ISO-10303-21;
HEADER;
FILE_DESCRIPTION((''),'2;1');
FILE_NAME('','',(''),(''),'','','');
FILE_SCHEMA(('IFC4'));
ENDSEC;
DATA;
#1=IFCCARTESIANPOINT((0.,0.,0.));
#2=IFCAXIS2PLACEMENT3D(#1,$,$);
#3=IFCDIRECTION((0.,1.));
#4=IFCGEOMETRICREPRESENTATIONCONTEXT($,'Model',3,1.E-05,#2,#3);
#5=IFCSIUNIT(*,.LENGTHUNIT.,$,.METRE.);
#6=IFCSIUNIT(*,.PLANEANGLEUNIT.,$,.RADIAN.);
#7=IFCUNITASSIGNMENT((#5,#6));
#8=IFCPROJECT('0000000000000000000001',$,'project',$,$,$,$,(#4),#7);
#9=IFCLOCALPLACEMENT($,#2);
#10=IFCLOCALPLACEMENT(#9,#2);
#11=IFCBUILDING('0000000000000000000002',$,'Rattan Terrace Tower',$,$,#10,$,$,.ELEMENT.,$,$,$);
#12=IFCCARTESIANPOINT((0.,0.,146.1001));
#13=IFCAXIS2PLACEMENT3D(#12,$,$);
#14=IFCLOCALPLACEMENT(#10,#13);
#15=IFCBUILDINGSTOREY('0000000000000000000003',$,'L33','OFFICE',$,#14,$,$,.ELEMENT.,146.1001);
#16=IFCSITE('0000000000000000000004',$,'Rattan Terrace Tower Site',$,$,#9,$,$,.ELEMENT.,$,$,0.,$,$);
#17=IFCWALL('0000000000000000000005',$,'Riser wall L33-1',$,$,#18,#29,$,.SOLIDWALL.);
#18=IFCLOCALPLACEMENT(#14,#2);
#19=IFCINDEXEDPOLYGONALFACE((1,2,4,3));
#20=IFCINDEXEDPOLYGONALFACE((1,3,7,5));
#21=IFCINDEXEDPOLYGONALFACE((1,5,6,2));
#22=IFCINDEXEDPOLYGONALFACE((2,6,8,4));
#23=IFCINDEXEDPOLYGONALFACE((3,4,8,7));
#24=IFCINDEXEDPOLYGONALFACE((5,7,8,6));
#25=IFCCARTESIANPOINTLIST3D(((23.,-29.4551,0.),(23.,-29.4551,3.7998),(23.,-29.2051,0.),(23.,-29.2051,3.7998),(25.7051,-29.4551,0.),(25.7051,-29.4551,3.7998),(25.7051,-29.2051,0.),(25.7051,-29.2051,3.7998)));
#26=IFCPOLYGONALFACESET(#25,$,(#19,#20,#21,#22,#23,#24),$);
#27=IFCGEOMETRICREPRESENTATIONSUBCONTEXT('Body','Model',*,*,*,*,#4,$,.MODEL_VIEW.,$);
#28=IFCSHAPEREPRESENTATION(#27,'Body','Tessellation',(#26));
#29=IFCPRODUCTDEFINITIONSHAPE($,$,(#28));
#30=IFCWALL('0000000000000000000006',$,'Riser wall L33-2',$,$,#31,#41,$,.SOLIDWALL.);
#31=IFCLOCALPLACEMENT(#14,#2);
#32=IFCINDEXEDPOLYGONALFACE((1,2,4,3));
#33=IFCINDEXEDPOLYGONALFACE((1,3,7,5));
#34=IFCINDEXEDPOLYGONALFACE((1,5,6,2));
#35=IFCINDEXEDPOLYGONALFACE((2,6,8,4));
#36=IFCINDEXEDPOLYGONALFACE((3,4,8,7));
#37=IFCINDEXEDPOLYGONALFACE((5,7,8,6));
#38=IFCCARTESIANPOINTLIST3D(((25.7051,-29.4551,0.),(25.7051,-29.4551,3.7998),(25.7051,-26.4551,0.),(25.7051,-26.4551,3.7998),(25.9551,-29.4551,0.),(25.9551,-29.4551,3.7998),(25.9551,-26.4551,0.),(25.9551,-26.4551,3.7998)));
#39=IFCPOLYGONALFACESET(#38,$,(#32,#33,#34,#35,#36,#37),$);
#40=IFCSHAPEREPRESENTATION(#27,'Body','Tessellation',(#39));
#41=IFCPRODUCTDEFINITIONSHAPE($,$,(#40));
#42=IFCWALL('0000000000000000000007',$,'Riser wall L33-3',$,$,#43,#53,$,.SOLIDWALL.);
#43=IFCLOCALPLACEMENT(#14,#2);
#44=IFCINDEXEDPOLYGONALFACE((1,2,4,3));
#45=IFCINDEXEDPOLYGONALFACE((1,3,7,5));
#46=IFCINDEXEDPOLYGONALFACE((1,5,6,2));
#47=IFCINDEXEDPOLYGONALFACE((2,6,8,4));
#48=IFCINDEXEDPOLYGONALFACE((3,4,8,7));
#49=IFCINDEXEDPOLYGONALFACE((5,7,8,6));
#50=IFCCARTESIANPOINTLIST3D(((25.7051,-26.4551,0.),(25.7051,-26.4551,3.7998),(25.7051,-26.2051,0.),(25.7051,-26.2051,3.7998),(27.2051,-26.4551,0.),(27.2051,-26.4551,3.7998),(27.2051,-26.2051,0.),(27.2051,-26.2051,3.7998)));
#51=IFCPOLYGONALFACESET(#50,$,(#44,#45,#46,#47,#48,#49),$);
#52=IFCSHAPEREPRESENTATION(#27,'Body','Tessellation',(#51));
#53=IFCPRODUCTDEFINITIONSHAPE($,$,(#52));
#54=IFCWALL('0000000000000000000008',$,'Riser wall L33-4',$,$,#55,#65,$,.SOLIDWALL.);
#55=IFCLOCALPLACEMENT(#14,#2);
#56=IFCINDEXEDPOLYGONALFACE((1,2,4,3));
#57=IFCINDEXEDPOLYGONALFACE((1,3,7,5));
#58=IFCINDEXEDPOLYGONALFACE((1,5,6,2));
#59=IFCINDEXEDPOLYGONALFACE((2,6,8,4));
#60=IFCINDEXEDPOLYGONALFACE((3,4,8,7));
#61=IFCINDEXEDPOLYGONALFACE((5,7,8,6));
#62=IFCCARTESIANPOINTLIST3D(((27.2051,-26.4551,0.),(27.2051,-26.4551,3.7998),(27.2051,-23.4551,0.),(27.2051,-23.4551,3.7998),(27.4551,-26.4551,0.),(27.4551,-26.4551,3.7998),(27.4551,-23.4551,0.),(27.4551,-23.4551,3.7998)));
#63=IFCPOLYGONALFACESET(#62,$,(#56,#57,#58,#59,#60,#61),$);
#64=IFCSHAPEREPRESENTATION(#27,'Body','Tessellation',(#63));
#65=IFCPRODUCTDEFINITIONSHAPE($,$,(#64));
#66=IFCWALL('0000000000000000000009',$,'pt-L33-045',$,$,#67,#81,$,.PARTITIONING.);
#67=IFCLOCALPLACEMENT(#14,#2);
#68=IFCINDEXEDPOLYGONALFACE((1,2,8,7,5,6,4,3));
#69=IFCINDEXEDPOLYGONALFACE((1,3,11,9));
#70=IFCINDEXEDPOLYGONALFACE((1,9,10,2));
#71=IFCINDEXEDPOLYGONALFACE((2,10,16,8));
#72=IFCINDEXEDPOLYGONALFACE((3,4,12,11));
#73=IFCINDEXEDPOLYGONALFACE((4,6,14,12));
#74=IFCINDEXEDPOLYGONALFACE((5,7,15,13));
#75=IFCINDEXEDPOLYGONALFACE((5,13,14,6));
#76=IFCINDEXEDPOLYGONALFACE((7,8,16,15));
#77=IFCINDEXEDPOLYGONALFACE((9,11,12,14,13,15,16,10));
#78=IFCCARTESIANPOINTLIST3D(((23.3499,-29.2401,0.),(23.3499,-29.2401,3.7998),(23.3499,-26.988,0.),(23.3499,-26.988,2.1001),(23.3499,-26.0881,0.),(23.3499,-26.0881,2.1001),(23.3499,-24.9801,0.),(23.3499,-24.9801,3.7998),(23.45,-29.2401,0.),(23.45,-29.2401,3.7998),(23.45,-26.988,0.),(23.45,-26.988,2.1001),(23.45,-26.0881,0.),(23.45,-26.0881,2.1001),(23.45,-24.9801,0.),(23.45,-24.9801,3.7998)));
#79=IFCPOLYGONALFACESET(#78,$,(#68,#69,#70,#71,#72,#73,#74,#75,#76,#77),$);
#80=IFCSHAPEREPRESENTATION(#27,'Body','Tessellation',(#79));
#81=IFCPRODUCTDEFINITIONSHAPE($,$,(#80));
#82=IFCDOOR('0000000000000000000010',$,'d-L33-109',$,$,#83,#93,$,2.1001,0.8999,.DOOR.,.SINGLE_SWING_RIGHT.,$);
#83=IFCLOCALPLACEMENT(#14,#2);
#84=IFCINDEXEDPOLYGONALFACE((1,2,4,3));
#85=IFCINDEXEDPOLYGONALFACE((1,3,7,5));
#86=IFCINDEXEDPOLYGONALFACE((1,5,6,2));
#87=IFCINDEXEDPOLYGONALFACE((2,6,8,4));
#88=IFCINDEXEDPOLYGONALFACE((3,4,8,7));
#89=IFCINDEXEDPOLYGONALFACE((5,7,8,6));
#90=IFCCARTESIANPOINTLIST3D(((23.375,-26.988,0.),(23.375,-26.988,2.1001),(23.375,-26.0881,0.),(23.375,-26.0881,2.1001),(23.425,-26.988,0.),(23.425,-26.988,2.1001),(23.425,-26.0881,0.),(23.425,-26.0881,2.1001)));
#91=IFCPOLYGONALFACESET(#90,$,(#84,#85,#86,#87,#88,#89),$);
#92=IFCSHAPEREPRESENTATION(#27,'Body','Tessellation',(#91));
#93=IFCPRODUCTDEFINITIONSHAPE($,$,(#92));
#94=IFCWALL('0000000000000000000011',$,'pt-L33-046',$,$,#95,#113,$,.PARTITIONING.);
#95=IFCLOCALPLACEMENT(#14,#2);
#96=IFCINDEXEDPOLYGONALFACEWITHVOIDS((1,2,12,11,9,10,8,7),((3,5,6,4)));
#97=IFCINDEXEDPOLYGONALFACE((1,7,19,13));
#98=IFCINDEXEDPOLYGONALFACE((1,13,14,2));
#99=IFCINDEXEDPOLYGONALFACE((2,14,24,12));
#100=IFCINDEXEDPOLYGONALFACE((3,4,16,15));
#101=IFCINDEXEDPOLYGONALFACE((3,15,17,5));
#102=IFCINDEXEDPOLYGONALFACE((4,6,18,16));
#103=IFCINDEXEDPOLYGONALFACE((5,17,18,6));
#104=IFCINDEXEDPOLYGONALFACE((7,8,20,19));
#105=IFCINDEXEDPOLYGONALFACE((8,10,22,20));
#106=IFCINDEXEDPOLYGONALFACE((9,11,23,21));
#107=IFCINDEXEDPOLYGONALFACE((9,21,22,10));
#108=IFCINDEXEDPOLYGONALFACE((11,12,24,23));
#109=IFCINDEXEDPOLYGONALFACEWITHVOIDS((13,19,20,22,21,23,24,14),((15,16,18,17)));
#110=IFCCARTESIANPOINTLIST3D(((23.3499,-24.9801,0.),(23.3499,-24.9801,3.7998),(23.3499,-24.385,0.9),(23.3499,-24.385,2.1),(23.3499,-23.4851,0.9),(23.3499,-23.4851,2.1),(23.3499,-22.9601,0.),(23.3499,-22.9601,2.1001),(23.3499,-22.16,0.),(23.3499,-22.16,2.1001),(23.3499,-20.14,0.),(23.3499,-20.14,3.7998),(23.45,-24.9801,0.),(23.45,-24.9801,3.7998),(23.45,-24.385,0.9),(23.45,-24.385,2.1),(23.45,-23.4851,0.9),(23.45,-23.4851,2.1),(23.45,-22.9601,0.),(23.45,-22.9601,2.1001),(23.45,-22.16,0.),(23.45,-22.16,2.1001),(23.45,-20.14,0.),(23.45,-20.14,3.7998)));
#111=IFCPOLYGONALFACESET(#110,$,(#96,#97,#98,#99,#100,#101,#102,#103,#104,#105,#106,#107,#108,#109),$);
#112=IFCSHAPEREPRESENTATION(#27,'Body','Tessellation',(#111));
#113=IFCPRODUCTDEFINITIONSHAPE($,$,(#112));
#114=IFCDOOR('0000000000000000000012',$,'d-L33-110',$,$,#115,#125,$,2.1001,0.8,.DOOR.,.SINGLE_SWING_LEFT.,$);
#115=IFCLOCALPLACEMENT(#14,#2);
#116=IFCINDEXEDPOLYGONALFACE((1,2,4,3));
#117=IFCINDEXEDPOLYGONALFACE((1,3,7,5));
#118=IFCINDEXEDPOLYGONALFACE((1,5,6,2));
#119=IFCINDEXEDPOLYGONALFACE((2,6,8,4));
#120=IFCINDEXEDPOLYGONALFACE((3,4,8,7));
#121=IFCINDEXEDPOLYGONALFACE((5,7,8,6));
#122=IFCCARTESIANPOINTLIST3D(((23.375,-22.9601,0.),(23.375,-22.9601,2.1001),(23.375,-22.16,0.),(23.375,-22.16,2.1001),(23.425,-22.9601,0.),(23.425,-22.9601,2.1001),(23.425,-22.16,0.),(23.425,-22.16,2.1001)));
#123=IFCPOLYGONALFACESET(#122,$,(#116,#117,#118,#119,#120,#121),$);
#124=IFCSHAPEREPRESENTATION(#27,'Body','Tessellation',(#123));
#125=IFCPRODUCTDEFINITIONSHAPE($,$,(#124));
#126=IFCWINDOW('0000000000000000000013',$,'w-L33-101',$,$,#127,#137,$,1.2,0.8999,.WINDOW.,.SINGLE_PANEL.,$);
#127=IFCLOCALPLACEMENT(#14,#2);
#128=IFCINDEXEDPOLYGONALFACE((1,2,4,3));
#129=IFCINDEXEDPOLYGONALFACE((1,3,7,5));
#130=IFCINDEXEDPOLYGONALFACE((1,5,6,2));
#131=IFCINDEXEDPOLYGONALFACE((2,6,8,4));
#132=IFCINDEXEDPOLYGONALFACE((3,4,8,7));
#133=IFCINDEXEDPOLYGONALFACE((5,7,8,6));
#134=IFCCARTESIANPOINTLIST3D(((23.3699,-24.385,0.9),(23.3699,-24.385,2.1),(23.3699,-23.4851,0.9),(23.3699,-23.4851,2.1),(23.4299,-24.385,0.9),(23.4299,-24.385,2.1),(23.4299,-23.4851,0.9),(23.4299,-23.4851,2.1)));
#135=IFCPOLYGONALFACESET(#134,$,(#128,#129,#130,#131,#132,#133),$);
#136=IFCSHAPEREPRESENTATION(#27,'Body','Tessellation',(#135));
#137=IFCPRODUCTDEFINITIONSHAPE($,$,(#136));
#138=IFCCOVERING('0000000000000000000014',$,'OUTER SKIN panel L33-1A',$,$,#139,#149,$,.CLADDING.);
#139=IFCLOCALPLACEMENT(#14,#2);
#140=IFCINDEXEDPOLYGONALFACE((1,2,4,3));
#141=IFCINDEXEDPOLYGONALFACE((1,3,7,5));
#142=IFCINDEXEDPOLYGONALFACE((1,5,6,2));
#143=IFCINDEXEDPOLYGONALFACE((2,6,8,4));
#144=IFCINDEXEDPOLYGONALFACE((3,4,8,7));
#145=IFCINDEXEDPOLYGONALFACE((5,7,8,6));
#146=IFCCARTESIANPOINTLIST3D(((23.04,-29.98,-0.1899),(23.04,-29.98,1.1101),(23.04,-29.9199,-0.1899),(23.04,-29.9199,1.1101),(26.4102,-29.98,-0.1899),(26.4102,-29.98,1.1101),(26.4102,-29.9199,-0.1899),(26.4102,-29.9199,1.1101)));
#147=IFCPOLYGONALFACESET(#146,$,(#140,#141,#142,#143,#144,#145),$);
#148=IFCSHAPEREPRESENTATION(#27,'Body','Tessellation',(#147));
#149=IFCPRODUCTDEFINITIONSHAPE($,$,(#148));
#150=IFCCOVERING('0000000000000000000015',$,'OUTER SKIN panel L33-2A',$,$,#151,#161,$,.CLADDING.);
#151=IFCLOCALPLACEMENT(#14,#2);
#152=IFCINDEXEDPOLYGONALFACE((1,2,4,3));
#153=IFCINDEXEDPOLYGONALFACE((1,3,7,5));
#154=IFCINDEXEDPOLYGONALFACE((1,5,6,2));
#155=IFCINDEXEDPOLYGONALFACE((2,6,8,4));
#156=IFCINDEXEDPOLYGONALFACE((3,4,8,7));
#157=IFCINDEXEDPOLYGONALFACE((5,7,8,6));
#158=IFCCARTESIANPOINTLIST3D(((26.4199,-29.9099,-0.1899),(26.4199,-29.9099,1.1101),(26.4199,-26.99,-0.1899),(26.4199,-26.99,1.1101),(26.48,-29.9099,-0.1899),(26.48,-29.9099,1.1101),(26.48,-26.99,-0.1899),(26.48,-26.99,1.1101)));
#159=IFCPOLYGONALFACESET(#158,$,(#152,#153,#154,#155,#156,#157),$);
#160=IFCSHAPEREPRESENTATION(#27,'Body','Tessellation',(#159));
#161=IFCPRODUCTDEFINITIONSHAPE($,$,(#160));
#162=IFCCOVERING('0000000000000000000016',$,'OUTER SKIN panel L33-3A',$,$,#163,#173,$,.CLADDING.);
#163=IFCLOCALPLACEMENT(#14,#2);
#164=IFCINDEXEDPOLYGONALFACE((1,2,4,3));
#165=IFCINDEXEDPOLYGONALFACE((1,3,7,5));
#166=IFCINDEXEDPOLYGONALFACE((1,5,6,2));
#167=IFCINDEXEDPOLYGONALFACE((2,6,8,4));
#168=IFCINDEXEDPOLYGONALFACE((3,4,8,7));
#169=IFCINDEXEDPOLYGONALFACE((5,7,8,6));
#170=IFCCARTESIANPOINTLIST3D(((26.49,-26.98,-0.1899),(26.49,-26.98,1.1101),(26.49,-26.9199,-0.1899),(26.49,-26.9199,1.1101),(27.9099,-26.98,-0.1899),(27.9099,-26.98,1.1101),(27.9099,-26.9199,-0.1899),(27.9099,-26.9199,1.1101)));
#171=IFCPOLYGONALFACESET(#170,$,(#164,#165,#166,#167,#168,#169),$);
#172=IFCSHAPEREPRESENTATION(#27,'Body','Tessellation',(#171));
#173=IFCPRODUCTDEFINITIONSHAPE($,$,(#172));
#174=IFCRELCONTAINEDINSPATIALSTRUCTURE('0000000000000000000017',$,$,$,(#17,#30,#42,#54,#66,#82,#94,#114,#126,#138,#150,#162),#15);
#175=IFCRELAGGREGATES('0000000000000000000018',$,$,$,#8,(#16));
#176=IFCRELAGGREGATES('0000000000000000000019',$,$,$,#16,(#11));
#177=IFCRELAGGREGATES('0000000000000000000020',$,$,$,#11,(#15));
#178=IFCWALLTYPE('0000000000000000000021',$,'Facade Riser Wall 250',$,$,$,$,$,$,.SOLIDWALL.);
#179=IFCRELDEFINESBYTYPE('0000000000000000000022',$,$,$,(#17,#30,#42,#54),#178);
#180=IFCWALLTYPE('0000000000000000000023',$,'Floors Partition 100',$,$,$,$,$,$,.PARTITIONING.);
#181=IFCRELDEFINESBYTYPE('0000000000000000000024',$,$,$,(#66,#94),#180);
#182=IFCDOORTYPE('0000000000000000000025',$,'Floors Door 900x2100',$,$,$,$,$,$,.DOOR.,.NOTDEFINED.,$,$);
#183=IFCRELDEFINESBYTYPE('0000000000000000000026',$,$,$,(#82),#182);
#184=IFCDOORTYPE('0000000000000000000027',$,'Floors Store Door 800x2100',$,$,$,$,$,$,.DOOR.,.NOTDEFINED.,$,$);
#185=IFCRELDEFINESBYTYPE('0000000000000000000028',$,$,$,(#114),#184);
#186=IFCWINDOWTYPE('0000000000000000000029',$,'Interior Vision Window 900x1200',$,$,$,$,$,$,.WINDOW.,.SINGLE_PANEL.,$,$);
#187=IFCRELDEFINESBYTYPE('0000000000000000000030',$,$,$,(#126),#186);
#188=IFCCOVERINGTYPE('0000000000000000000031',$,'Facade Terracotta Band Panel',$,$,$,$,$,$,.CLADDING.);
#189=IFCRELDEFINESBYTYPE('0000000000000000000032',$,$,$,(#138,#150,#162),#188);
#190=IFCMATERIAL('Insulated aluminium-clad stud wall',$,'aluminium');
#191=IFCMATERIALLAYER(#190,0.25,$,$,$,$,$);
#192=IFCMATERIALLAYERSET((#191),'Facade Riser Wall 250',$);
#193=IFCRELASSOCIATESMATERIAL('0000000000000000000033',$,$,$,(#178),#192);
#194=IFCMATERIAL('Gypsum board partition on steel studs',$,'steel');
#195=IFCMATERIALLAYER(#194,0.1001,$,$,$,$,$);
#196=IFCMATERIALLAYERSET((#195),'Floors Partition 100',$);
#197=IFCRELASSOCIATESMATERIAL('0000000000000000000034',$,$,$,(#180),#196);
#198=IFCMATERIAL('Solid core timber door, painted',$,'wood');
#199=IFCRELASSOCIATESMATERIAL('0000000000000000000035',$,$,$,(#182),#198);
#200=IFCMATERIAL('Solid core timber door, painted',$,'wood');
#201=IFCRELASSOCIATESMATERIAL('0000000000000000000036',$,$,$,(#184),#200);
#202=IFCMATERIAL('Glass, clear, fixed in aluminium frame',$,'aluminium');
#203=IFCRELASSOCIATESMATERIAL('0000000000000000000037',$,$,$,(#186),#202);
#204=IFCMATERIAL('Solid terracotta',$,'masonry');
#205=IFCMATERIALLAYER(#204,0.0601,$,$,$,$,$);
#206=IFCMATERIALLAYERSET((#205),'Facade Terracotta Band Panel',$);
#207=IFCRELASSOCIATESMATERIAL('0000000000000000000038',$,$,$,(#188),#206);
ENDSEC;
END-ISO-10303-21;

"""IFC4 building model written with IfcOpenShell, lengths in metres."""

from ifc_helpers import new_model, si_unit, direction, frame, frame_2d, origin, origin_2d, place, context, subcontext, project, spatial, rectangle, extrude, material, layer, layer_set, type_object, element, fill, save


model = new_model("IFC4")

# Units and contexts
model_context = context("Model", 3, precision=1e-05, world=origin(), true_north=direction((0.0, 1.0)))
body_context = subcontext(model_context, "Body", "Model", "MODEL_VIEW")
ifc_project = project(units=[si_unit("LENGTHUNIT", "METRE"), si_unit("PLANEANGLEUNIT", "RADIAN")], contexts=[model_context])

# Site, building, storey
site_placement = place(None, origin())
site = spatial("IfcSite", under=ifc_project, at=site_placement, Name="Rattan Terrace Tower Site", CompositionType="ELEMENT", RefElevation=0.0)
building_placement = place(site_placement, origin())
building = spatial("IfcBuilding", under=site, at=building_placement, Name="Rattan Terrace Tower", CompositionType="ELEMENT")
storey_placement = place(building_placement, frame((0.0, 0.0, 146.1001)))
storey = spatial("IfcBuildingStorey", under=building, at=storey_placement, Name="L33", Description="OFFICE", CompositionType="ELEMENT", Elevation=146.1001)

# Walls
ifc_material_1 = material(Name="Insulated aluminium-clad stud wall", Category="aluminium")
ifc_layer_1 = layer(ifc_material_1, 0.25)
ifc_layer_set_1 = layer_set([ifc_layer_1], Name="Facade Riser Wall 250")
wall_type_1 = type_object("IfcWallType", Name="Facade Riser Wall 250", PredefinedType="SOLIDWALL", material=ifc_layer_set_1)
wall_1_placement = place(storey_placement, frame((23.0, -29.3301, 0.0), z_axis=(0.0, 0.0, 1.0), x_axis=(1.0, 0.0, 0.0)))
element("IfcWall", 1, at=wall_1_placement, inside=storey, type_object=wall_type_1, Name="Riser wall L33-1", PredefinedType="SOLIDWALL", context=body_context, shape_type="SweptSolid", body=[
    extrude(rectangle(XDim=2.7051, YDim=0.25, at=frame_2d((1.3525, 0.0))), origin(), (0.0, 0.0, 1.0), 3.7998),
])
wall_2_placement = place(storey_placement, frame((25.8301, -29.4551, 0.0), z_axis=(0.0, 0.0, 1.0), x_axis=(0.0, 1.0, 0.0)))
element("IfcWall", 2, at=wall_2_placement, inside=storey, type_object=wall_type_1, Name="Riser wall L33-2", PredefinedType="SOLIDWALL", context=body_context, shape_type="SweptSolid", body=[
    extrude(rectangle(XDim=3.0, YDim=0.25, at=frame_2d((1.5, 0.0))), origin(), (0.0, 0.0, 1.0), 3.7998),
])
wall_3_placement = place(storey_placement, frame((25.7051, -26.3301, 0.0), z_axis=(0.0, 0.0, 1.0), x_axis=(1.0, 0.0, 0.0)))
element("IfcWall", 3, at=wall_3_placement, inside=storey, type_object=wall_type_1, Name="Riser wall L33-3", PredefinedType="SOLIDWALL", context=body_context, shape_type="SweptSolid", body=[
    extrude(rectangle(XDim=1.5, YDim=0.25, at=frame_2d((0.75, 0.0))), origin(), (0.0, 0.0, 1.0), 3.7998),
])
wall_4_placement = place(storey_placement, frame((27.3301, -26.4551, 0.0), z_axis=(0.0, 0.0, 1.0), x_axis=(0.0, 1.0, 0.0)))
element("IfcWall", 4, at=wall_4_placement, inside=storey, type_object=wall_type_1, Name="Riser wall L33-4", PredefinedType="SOLIDWALL", context=body_context, shape_type="SweptSolid", body=[
    extrude(rectangle(XDim=3.0, YDim=0.25, at=frame_2d((1.5, 0.0))), origin(), (0.0, 0.0, 1.0), 3.7998),
])

# Wall, opening, door
ifc_material_2 = material(Name="Gypsum board partition on steel studs", Category="steel")
ifc_layer_2 = layer(ifc_material_2, 0.1001)
ifc_layer_set_2 = layer_set([ifc_layer_2], Name="Floors Partition 100")
wall_type_2 = type_object("IfcWallType", Name="Floors Partition 100", PredefinedType="PARTITIONING", material=ifc_layer_set_2)
wall_5_placement = place(storey_placement, frame((23.3999, -29.24, 0.0), z_axis=(0.0, 0.0, 1.0), x_axis=(0.0, 1.0, 0.0)))
wall_5 = element("IfcWall", 5, at=wall_5_placement, inside=storey, type_object=wall_type_2, Name="pt-L33-045", PredefinedType="PARTITIONING", context=body_context, shape_type="SweptSolid", body=[
    extrude(rectangle(XDim=4.26, YDim=0.1001, at=frame_2d((2.1299, 0.0))), origin(), (0.0, 0.0, 1.0), 3.7998),
])
opening_1_placement = place(wall_5_placement, frame((2.252, 0.0, 0.0)))
opening_1 = element("IfcOpeningElement", 6, at=opening_1_placement, cuts=wall_5, PredefinedType="OPENING", context=body_context, shape_type="SweptSolid", body=[
    extrude(rectangle(XDim=0.8999, YDim=2.1001, at=frame_2d((0.45, 1.05))), frame((0.0, 0.0605, 0.0), z_axis=(0.0, -1.0, 0.0), x_axis=(1.0, 0.0, 0.0)), (0.0, 0.0, 1.0), 0.1211),
])
ifc_material_3 = material(Name="Solid core timber door, painted", Category="wood")
door_type_1 = type_object("IfcDoorType", Name="Floors Door 900x2100", OperationType="NOTDEFINED", PredefinedType="DOOR", material=ifc_material_3)
door_1_placement = place(opening_1_placement, origin())
door_1 = element("IfcDoor", 7, at=door_1_placement, inside=storey, type_object=door_type_1, Name="d-L33-109", OperationType="SINGLE_SWING_RIGHT", OverallHeight=2.1001, OverallWidth=0.8999, PredefinedType="DOOR", context=body_context, shape_type="SweptSolid", body=[
    extrude(rectangle(XDim=0.8999, YDim=2.1001, at=frame_2d((0.45, 1.05))), frame((0.0, 0.0249, 0.0), z_axis=(0.0, -1.0, 0.0), x_axis=(1.0, 0.0, 0.0)), (0.0, 0.0, 1.0), 0.05),
])
fill(opening_1, door_1)

# Wall, openings, door, window
wall_6_placement = place(storey_placement, frame((23.3999, -24.98, 0.0), z_axis=(0.0, 0.0, 1.0), x_axis=(0.0, 1.0, 0.0)))
wall_6 = element("IfcWall", 8, at=wall_6_placement, inside=storey, type_object=wall_type_2, Name="pt-L33-046", PredefinedType="PARTITIONING", context=body_context, shape_type="SweptSolid", body=[
    extrude(rectangle(XDim=4.8401, YDim=0.1001, at=frame_2d((2.4199, 0.0))), origin(), (0.0, 0.0, 1.0), 3.7998),
])
opening_2_placement = place(wall_6_placement, frame((2.02, 0.0, 0.0)))
opening_2 = element("IfcOpeningElement", 9, at=opening_2_placement, cuts=wall_6, PredefinedType="OPENING", context=body_context, shape_type="SweptSolid", body=[
    extrude(rectangle(XDim=0.8, YDim=2.1001, at=frame_2d((0.3999, 1.05))), frame((0.0, 0.0605, 0.0), z_axis=(0.0, -1.0, 0.0), x_axis=(1.0, 0.0, 0.0)), (0.0, 0.0, 1.0), 0.1211),
])
opening_3_placement = place(wall_6_placement, frame((0.595, 0.0, 0.8999)))
opening_3 = element("IfcOpeningElement", 10, at=opening_3_placement, cuts=wall_6, PredefinedType="OPENING", context=body_context, shape_type="SweptSolid", body=[
    extrude(rectangle(XDim=0.8999, YDim=1.2, at=frame_2d((0.45, 0.6001))), frame((0.0, 0.0605, 0.0), z_axis=(0.0, -1.0, 0.0), x_axis=(1.0, 0.0, 0.0)), (0.0, 0.0, 1.0), 0.1211),
])
ifc_material_4 = material(Name="Solid core timber door, painted", Category="wood")
door_type_2 = type_object("IfcDoorType", Name="Floors Store Door 800x2100", OperationType="NOTDEFINED", PredefinedType="DOOR", material=ifc_material_4)
door_2_placement = place(opening_2_placement, origin())
door_2 = element("IfcDoor", 11, at=door_2_placement, inside=storey, type_object=door_type_2, Name="d-L33-110", OperationType="SINGLE_SWING_LEFT", OverallHeight=2.1001, OverallWidth=0.8, PredefinedType="DOOR", context=body_context, shape_type="SweptSolid", body=[
    extrude(rectangle(XDim=0.8, YDim=2.1001, at=frame_2d((0.3999, 1.05))), frame((0.0, 0.0249, 0.0), z_axis=(0.0, -1.0, 0.0), x_axis=(1.0, 0.0, 0.0)), (0.0, 0.0, 1.0), 0.05),
])
fill(opening_2, door_2)
ifc_material_5 = material(Name="Glass, clear, fixed in aluminium frame", Category="aluminium")
window_type = type_object("IfcWindowType", Name="Interior Vision Window 900x1200", PartitioningType="SINGLE_PANEL", PredefinedType="WINDOW", material=ifc_material_5)
window_placement = place(opening_3_placement, origin())
window = element("IfcWindow", 12, at=window_placement, inside=storey, type_object=window_type, Name="w-L33-101", OverallHeight=1.2, OverallWidth=0.8999, PartitioningType="SINGLE_PANEL", PredefinedType="WINDOW", context=body_context, shape_type="SweptSolid", body=[
    extrude(rectangle(XDim=0.8999, YDim=1.2, at=frame_2d((0.45, 0.6001))), frame((0.0, 0.03, 0.0), z_axis=(0.0, -1.0, 0.0), x_axis=(1.0, 0.0, 0.0)), (0.0, 0.0, 1.0), 0.0601),
])
fill(opening_3, window)

# Coverings
ifc_material_6 = material(Name="Solid terracotta", Category="masonry")
ifc_layer_3 = layer(ifc_material_6, 0.0601)
ifc_layer_set_3 = layer_set([ifc_layer_3], Name="Facade Terracotta Band Panel")
covering_type_1 = type_object("IfcCoveringType", Name="Facade Terracotta Band Panel", PredefinedType="CLADDING", material=ifc_layer_set_3)
covering_1_placement = place(storey_placement, frame((24.7251, -29.95, -0.1899), z_axis=(0.0, 0.0, 1.0), x_axis=(1.0, 0.0, 0.0)))
element("IfcCovering", 13, at=covering_1_placement, inside=storey, type_object=covering_type_1, Name="OUTER SKIN panel L33-1A", PredefinedType="CLADDING", context=body_context, shape_type="SweptSolid", body=[
    extrude(rectangle(XDim=3.3701, YDim=0.0601, at=origin_2d()), origin(), (0.0, 0.0, 1.0), 1.3),
])
covering_2_placement = place(storey_placement, frame((26.45, -28.45, -0.1899), z_axis=(0.0, 0.0, 1.0), x_axis=(0.0, 1.0, 0.0)))
element("IfcCovering", 14, at=covering_2_placement, inside=storey, type_object=covering_type_1, Name="OUTER SKIN panel L33-2A", PredefinedType="CLADDING", context=body_context, shape_type="SweptSolid", body=[
    extrude(rectangle(XDim=2.9199, YDim=0.0601, at=origin_2d()), origin(), (0.0, 0.0, 1.0), 1.3),
])
covering_3_placement = place(storey_placement, frame((27.2, -26.95, -0.1899), z_axis=(0.0, 0.0, 1.0), x_axis=(1.0, 0.0, 0.0)))
element("IfcCovering", 15, at=covering_3_placement, inside=storey, type_object=covering_type_1, Name="OUTER SKIN panel L33-3A", PredefinedType="CLADDING", context=body_context, shape_type="SweptSolid", body=[
    extrude(rectangle(XDim=1.4199, YDim=0.0601, at=origin_2d()), origin(), (0.0, 0.0, 1.0), 1.3),
])

save(model, "model.ifc")
